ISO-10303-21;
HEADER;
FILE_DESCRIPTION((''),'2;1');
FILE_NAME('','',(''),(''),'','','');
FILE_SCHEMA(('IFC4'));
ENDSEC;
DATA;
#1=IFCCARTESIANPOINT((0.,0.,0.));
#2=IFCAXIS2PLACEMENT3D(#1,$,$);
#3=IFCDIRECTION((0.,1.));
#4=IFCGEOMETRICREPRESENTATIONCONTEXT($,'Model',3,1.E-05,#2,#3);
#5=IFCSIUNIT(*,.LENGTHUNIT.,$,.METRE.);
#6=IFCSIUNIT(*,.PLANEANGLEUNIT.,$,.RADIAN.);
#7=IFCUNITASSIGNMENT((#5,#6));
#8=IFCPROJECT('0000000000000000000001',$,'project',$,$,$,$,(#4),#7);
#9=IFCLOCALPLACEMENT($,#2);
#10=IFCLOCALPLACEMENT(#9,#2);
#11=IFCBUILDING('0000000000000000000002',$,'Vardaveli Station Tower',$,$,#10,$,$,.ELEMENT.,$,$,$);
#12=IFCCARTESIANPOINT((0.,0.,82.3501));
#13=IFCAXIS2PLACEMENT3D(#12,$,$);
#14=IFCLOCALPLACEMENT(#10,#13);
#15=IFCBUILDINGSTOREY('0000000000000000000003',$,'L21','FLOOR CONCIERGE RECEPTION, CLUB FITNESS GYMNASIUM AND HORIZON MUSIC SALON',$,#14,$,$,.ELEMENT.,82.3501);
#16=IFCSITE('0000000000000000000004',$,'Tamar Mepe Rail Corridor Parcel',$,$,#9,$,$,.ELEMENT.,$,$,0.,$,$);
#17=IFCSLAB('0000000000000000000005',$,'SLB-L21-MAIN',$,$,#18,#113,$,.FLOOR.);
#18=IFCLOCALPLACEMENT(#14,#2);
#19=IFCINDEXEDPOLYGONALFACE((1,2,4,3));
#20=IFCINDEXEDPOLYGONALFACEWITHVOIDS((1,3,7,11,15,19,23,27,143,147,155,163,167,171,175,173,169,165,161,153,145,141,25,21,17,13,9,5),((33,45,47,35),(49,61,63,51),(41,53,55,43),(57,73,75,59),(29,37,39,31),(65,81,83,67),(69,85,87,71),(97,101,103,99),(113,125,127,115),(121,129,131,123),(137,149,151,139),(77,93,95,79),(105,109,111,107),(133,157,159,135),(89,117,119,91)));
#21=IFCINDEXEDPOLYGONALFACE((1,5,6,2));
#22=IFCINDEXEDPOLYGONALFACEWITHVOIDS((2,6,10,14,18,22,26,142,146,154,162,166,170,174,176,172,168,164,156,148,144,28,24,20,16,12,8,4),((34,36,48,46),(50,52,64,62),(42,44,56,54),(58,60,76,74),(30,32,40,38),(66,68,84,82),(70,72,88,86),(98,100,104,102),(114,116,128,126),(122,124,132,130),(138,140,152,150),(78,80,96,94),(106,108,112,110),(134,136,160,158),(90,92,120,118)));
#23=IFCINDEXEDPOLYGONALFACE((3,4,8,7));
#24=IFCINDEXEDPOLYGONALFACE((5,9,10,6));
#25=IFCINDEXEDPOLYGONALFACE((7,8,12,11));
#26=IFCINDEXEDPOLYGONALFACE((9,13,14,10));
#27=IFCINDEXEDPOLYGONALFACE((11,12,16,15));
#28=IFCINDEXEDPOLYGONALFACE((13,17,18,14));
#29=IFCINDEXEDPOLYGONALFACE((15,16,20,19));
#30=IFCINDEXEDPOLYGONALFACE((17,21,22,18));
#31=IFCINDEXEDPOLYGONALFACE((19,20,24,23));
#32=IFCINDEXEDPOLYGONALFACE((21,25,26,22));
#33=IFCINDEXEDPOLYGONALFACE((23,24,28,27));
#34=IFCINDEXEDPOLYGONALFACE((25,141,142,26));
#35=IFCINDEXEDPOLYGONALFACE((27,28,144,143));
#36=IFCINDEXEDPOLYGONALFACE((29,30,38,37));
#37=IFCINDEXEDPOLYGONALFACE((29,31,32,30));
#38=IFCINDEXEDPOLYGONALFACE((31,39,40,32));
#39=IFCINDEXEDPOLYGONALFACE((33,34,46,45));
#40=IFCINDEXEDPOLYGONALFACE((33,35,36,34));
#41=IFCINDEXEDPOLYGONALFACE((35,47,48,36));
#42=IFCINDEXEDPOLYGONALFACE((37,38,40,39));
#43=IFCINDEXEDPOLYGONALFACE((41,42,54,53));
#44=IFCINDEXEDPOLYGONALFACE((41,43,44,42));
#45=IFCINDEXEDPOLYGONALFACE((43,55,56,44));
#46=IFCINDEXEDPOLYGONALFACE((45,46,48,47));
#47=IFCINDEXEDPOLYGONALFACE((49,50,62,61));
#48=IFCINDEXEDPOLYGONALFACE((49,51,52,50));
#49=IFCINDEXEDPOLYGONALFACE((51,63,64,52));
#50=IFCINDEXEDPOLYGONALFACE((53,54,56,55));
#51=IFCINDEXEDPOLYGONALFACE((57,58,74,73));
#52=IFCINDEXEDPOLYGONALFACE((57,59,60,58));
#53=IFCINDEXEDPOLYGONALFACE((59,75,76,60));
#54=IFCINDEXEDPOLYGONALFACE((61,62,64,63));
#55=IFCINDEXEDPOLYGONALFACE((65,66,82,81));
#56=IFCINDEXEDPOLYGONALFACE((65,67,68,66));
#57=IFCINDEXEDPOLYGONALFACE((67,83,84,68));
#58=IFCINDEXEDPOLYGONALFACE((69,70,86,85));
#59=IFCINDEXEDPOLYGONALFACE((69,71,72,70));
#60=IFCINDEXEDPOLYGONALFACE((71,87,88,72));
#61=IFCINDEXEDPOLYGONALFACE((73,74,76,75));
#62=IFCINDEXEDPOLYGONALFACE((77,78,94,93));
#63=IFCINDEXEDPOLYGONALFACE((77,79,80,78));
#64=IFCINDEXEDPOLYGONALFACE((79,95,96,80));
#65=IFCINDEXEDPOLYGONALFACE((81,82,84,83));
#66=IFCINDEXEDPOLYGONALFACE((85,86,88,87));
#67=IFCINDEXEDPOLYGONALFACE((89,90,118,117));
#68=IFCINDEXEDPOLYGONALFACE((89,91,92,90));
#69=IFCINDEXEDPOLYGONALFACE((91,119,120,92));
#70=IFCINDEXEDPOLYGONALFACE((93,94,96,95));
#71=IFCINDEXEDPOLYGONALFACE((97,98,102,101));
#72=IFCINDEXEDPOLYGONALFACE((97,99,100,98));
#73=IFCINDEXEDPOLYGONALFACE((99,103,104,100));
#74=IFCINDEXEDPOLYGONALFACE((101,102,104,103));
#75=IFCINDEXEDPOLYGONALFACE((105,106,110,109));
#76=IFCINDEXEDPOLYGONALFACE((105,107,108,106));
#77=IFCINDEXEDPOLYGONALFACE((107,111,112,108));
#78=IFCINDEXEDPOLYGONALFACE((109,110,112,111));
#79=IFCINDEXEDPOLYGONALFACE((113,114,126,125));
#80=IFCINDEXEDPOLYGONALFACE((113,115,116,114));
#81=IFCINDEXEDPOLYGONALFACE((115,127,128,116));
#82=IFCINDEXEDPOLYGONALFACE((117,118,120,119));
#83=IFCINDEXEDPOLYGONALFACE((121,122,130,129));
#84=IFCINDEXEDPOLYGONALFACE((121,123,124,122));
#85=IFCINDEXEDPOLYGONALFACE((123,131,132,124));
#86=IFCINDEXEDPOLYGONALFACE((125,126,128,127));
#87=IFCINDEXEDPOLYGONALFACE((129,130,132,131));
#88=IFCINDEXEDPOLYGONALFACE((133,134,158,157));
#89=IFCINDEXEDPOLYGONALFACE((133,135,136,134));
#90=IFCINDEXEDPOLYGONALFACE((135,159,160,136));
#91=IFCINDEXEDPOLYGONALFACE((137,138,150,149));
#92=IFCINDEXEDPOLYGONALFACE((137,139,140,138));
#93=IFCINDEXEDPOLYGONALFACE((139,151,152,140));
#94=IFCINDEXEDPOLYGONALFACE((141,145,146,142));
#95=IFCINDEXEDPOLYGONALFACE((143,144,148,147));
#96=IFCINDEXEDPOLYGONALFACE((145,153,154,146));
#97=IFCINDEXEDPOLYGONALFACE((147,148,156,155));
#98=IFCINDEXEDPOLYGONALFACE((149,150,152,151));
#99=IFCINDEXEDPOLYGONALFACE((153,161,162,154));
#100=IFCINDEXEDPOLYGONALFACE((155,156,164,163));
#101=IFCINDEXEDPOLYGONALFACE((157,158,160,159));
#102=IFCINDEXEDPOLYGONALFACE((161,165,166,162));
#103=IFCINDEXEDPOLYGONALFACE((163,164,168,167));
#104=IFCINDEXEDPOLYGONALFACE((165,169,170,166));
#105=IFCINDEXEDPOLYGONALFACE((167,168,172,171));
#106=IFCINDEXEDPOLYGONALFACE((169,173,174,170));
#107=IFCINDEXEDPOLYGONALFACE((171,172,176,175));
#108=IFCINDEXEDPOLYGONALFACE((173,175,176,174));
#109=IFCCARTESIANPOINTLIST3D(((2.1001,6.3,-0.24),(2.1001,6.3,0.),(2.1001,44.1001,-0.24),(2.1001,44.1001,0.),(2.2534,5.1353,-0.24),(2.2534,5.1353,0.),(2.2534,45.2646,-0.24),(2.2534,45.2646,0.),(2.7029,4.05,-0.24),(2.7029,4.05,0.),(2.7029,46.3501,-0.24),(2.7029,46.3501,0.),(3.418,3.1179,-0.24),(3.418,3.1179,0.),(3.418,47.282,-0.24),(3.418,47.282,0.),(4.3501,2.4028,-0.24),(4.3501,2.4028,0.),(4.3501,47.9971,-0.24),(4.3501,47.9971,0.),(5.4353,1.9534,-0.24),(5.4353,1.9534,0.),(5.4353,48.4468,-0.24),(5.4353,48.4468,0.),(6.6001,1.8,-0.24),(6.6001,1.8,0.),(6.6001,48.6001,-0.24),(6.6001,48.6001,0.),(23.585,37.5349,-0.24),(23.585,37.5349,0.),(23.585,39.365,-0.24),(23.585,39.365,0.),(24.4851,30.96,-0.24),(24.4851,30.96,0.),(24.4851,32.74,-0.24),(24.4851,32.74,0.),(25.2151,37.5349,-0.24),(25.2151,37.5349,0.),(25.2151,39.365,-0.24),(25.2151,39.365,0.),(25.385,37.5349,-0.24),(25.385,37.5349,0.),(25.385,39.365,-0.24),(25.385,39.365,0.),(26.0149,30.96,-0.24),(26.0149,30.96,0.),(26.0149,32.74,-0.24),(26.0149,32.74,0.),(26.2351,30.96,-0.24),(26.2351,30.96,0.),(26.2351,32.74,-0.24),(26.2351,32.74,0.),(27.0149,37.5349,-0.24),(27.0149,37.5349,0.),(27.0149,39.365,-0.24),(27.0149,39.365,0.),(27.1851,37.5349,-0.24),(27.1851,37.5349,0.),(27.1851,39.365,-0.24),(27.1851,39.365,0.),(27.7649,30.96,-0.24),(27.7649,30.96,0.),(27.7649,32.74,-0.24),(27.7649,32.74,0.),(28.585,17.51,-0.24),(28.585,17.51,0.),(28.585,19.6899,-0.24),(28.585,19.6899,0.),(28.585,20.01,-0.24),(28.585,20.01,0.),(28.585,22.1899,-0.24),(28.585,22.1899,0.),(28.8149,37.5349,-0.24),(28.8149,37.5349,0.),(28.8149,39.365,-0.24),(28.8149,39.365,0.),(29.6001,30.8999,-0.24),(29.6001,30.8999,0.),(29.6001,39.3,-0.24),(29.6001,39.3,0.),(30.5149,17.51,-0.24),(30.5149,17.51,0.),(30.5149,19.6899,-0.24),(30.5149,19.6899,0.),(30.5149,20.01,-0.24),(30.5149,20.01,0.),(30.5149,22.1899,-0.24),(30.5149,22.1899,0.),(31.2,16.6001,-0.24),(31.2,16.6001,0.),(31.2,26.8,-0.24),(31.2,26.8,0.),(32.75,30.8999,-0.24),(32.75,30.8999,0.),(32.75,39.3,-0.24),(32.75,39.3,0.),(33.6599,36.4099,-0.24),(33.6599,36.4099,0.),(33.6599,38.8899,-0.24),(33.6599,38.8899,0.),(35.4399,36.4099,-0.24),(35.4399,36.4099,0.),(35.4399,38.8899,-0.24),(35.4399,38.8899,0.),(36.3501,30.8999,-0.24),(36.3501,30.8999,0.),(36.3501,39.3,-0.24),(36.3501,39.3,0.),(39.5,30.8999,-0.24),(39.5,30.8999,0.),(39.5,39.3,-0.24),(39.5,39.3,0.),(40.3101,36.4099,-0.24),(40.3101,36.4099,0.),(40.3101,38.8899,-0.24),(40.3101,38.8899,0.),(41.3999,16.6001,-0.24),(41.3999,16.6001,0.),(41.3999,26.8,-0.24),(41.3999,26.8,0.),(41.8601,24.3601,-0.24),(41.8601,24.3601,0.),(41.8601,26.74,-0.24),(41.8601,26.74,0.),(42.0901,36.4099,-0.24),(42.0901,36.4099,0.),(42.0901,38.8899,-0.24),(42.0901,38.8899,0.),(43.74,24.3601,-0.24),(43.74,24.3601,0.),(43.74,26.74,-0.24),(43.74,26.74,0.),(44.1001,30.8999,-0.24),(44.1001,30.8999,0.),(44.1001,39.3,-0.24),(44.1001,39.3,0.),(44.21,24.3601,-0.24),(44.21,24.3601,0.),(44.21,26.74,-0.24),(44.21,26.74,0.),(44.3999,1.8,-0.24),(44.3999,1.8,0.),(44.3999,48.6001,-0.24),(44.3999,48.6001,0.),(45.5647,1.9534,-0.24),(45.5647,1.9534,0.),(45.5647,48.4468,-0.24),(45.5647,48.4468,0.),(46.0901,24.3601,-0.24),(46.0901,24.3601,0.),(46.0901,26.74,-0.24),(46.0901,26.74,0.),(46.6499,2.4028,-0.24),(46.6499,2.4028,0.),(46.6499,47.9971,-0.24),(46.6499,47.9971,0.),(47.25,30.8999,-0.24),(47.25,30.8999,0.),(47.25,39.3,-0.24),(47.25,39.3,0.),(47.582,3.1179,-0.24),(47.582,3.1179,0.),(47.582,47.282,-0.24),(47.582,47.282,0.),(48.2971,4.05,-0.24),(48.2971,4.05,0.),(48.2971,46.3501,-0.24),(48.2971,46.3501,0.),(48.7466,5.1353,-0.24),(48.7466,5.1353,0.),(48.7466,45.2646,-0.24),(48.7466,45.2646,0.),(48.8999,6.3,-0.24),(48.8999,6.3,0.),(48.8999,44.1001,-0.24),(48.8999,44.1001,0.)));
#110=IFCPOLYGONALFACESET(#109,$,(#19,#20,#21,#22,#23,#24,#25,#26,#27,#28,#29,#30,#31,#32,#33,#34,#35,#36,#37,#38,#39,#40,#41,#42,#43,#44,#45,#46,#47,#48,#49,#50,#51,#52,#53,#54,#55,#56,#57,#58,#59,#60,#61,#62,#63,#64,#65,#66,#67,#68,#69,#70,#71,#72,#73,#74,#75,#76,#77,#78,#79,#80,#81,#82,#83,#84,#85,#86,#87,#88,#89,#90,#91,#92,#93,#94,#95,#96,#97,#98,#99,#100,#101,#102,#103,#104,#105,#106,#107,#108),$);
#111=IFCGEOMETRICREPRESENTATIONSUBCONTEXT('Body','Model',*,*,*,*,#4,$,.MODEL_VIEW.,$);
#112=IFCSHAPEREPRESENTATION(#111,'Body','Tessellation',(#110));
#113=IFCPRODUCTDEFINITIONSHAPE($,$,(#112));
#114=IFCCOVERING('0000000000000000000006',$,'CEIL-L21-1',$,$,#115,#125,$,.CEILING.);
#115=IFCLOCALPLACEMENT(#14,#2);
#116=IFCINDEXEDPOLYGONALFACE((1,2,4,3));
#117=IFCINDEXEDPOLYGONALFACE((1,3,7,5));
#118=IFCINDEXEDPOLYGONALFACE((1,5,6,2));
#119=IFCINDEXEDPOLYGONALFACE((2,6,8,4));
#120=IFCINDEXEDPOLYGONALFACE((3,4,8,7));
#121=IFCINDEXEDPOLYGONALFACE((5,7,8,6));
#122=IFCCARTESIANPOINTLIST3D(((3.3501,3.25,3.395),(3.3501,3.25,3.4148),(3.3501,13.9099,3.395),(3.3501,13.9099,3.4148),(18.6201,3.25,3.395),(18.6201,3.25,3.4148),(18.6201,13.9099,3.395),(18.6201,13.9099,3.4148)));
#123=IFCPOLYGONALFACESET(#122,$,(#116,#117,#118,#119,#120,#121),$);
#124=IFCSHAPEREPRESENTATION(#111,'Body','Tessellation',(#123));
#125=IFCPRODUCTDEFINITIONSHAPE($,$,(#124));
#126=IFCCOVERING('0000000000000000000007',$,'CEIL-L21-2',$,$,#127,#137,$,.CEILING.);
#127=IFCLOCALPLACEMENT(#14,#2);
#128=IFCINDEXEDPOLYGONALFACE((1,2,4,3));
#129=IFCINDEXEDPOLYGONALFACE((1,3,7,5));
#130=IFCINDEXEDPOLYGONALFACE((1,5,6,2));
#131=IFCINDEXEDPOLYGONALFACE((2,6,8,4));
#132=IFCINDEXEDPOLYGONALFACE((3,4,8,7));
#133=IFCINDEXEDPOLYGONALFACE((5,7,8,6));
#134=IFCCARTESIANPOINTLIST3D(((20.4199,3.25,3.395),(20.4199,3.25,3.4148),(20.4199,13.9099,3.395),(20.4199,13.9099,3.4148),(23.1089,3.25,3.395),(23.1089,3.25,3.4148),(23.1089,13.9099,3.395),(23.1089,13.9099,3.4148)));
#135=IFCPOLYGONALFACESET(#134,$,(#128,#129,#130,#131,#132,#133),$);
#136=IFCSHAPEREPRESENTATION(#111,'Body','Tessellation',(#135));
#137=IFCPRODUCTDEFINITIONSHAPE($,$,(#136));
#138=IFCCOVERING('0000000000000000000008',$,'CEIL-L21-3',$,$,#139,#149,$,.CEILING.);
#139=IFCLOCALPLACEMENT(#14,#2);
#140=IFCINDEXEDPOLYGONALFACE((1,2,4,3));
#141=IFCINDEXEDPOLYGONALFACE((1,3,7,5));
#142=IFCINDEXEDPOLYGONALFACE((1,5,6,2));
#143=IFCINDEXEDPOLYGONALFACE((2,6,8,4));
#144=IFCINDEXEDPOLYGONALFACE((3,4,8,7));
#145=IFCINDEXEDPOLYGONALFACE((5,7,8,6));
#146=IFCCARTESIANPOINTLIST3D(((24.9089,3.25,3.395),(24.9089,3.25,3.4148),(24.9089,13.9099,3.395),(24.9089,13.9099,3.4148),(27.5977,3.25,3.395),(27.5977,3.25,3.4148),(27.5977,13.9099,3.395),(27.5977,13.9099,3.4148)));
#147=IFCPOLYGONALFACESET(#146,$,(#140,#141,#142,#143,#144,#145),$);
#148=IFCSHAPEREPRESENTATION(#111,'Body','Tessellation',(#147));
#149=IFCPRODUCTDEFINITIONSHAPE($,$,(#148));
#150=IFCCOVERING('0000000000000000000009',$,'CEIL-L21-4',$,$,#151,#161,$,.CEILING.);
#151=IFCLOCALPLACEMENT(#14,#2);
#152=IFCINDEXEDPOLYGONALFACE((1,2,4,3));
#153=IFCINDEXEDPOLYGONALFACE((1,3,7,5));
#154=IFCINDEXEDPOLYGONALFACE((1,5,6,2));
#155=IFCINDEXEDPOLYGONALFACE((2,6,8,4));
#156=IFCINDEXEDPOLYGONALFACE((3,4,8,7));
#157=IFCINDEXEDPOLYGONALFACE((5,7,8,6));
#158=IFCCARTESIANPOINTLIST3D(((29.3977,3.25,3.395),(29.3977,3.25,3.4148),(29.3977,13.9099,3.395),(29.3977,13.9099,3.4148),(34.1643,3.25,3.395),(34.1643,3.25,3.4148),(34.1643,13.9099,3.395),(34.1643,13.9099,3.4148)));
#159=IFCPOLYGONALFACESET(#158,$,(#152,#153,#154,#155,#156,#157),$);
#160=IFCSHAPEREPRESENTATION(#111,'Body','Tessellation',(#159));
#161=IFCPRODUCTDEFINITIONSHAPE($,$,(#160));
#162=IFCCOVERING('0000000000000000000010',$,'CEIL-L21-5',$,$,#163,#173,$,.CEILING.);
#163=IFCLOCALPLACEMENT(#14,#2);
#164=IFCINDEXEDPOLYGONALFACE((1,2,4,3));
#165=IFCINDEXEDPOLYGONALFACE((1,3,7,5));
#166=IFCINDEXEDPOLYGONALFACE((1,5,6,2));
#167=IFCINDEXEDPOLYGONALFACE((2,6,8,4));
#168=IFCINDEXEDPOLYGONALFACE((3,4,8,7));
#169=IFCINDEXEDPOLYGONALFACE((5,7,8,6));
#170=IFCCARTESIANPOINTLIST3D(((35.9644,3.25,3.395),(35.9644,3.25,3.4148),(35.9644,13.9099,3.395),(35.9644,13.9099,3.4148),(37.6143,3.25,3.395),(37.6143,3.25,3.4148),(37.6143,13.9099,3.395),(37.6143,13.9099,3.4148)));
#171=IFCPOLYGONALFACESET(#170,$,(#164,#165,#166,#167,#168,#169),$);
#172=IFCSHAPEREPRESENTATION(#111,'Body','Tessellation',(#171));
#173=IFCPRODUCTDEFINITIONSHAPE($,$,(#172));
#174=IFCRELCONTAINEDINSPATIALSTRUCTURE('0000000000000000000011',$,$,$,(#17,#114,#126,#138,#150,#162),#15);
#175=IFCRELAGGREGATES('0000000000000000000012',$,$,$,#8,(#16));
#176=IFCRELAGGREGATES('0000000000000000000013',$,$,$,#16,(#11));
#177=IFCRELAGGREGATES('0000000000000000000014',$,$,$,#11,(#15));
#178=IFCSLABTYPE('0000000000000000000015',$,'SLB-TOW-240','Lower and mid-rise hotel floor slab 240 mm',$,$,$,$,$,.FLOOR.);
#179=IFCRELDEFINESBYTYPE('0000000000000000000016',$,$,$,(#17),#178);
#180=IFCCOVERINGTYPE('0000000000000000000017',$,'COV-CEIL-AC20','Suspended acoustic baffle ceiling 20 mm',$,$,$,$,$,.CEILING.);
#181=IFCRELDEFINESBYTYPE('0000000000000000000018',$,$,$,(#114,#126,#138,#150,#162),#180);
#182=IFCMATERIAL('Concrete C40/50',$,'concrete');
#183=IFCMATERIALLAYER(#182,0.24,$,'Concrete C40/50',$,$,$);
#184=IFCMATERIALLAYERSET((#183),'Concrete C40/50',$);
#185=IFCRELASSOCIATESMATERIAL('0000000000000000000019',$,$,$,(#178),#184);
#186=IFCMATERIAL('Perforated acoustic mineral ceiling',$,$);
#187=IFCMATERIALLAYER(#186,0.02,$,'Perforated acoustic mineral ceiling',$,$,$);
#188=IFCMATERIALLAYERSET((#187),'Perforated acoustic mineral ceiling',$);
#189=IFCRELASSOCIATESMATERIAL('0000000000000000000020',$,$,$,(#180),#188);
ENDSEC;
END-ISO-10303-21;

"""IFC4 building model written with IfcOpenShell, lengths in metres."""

from ifc_helpers import new_model, si_unit, direction, frame, origin, place, context, subcontext, project, spatial, polyline, outline, extrude, material, layer, layer_set, type_object, element, save


model = new_model("IFC4")

# Units and contexts
model_context = context("Model", 3, precision=1e-05, world=origin(), true_north=direction((0.0, 1.0)))
body_context = subcontext(model_context, "Body", "Model", "MODEL_VIEW")
ifc_project = project(units=[si_unit("LENGTHUNIT", "METRE"), si_unit("PLANEANGLEUNIT", "RADIAN")], contexts=[model_context])

# Site, building, storey
site_placement = place(None, origin())
site = spatial("IfcSite", under=ifc_project, at=site_placement, Name="Tamar Mepe Rail Corridor Parcel", CompositionType="ELEMENT", RefElevation=0.0)
building_placement = place(site_placement, origin())
building = spatial("IfcBuilding", under=site, at=building_placement, Name="Vardaveli Station Tower", CompositionType="ELEMENT")
storey_placement = place(building_placement, frame((0.0, 0.0, 82.3501)))
storey = spatial("IfcBuildingStorey", under=building, at=storey_placement, Name="L21", Description="FLOOR CONCIERGE RECEPTION, CLUB FITNESS GYMNASIUM AND HORIZON MUSIC SALON", CompositionType="ELEMENT", Elevation=82.3501)

# Shared definitions
ifc_material_1 = material(Name="Concrete C40/50", Category="concrete")

# Slab
ifc_layer_1 = layer(ifc_material_1, 0.24, Name="Concrete C40/50")
ifc_layer_set_1 = layer_set([ifc_layer_1], Name="Concrete C40/50")
slab_type_1 = type_object("IfcSlabType", Name="SLB-TOW-240", Description="Lower and mid-rise hotel floor slab 240 mm", PredefinedType="FLOOR", material=ifc_layer_set_1)
slab_1_placement = place(storey_placement, frame((0.0, 0.0, -0.24)))
element("IfcSlab", 1, at=slab_1_placement, inside=storey, type_object=slab_type_1, Name="SLB-L21-MAIN", PredefinedType="FLOOR", context=body_context, shape_type="SweptSolid", body=[
    extrude(outline(polyline([(2.1001, 6.3), (2.2534, 5.1353), (2.7029, 4.05), (3.418, 3.1179), (4.3501, 2.4028), (5.4353, 1.9534), (6.6001, 1.8), (44.3999, 1.8), (45.5647, 1.9534), (46.6499, 2.4028), (47.582, 3.1179), (48.2971, 4.05), (48.7466, 5.1353), (48.8999, 6.3), (48.8999, 44.1001), (48.7466, 45.2646), (48.2971, 46.3501), (47.582, 47.282), (46.6499, 47.9971), (45.5647, 48.4468), (44.3999, 48.6001), (6.6001, 48.6001), (5.4353, 48.4468), (4.3501, 47.9971), (3.418, 47.282), (2.7029, 46.3501), (2.2534, 45.2646), (2.1001, 44.1001), (2.1001, 6.3)]), holes=[polyline([(31.2, 16.6001), (41.3999, 16.6001), (41.3999, 26.8), (31.2, 26.8), (31.2, 16.6001)]), polyline([(32.75, 30.8999), (32.75, 39.3), (29.6001, 39.3), (29.6001, 30.8999), (32.75, 30.8999)]), polyline([(39.5, 30.8999), (39.5, 39.3), (36.3501, 39.3), (36.3501, 30.8999), (39.5, 30.8999)]), polyline([(47.25, 30.8999), (47.25, 39.3), (44.1001, 39.3), (44.1001, 30.8999), (47.25, 30.8999)]), polyline([(23.585, 37.5349), (25.2151, 37.5349), (25.2151, 39.365), (23.585, 39.365), (23.585, 37.5349)]), polyline([(25.385, 37.5349), (27.0149, 37.5349), (27.0149, 39.365), (25.385, 39.365), (25.385, 37.5349)]), polyline([(27.1851, 37.5349), (28.8149, 37.5349), (28.8149, 39.365), (27.1851, 39.365), (27.1851, 37.5349)]), polyline([(33.6599, 36.4099), (35.4399, 36.4099), (35.4399, 38.8899), (33.6599, 38.8899), (33.6599, 36.4099)]), polyline([(40.3101, 36.4099), (42.0901, 36.4099), (42.0901, 38.8899), (40.3101, 38.8899), (40.3101, 36.4099)]), polyline([(24.4851, 30.96), (26.0149, 30.96), (26.0149, 32.74), (24.4851, 32.74), (24.4851, 30.96)]), polyline([(26.2351, 30.96), (27.7649, 30.96), (27.7649, 32.74), (26.2351, 32.74), (26.2351, 30.96)]), polyline([(28.585, 17.51), (30.5149, 17.51), (30.5149, 19.6899), (28.585, 19.6899), (28.585, 17.51)]), polyline([(28.585, 20.01), (30.5149, 20.01), (30.5149, 22.1899), (28.585, 22.1899), (28.585, 20.01)]), polyline([(41.8601, 24.3601), (43.74, 24.3601), (43.74, 26.74), (41.8601, 26.74), (41.8601, 24.3601)]), polyline([(44.21, 24.3601), (46.0901, 24.3601), (46.0901, 26.74), (44.21, 26.74), (44.21, 24.3601)])]), origin(), (0.0, 0.0, 1.0), 0.24),
])

# Coverings
ifc_material_2 = material(Name="Perforated acoustic mineral ceiling")
ifc_layer_2 = layer(ifc_material_2, 0.02, Name="Perforated acoustic mineral ceiling")
ifc_layer_set_2 = layer_set([ifc_layer_2], Name="Perforated acoustic mineral ceiling")
covering_type_1 = type_object("IfcCoveringType", Name="COV-CEIL-AC20", Description="Suspended acoustic baffle ceiling 20 mm", PredefinedType="CEILING", material=ifc_layer_set_2)
covering_1_placement = place(storey_placement, frame((0.0, 0.0, 3.395)))
element("IfcCovering", 2, at=covering_1_placement, inside=storey, type_object=covering_type_1, Name="CEIL-L21-1", PredefinedType="CEILING", context=body_context, shape_type="SweptSolid", body=[
    extrude(outline(polyline([(3.3501, 3.25), (18.6201, 3.25), (18.6201, 13.9099), (3.3501, 13.9099), (3.3501, 3.25)])), origin(), (0.0, 0.0, 1.0), 0.0198),
])
covering_2_placement = place(storey_placement, frame((0.0, 0.0, 3.395)))
element("IfcCovering", 3, at=covering_2_placement, inside=storey, type_object=covering_type_1, Name="CEIL-L21-2", PredefinedType="CEILING", context=body_context, shape_type="SweptSolid", body=[
    extrude(outline(polyline([(20.4199, 3.25), (23.1089, 3.25), (23.1089, 13.9099), (20.4199, 13.9099), (20.4199, 3.25)])), origin(), (0.0, 0.0, 1.0), 0.0198),
])
covering_3_placement = place(storey_placement, frame((0.0, 0.0, 3.395)))
element("IfcCovering", 4, at=covering_3_placement, inside=storey, type_object=covering_type_1, Name="CEIL-L21-3", PredefinedType="CEILING", context=body_context, shape_type="SweptSolid", body=[
    extrude(outline(polyline([(24.9089, 3.25), (27.5977, 3.25), (27.5977, 13.9099), (24.9089, 13.9099), (24.9089, 3.25)])), origin(), (0.0, 0.0, 1.0), 0.0198),
])
covering_4_placement = place(storey_placement, frame((0.0, 0.0, 3.395)))
element("IfcCovering", 5, at=covering_4_placement, inside=storey, type_object=covering_type_1, Name="CEIL-L21-4", PredefinedType="CEILING", context=body_context, shape_type="SweptSolid", body=[
    extrude(outline(polyline([(29.3977, 3.25), (34.1643, 3.25), (34.1643, 13.9099), (29.3977, 13.9099), (29.3977, 3.25)])), origin(), (0.0, 0.0, 1.0), 0.0198),
])
covering_5_placement = place(storey_placement, frame((0.0, 0.0, 3.395)))
element("IfcCovering", 6, at=covering_5_placement, inside=storey, type_object=covering_type_1, Name="CEIL-L21-5", PredefinedType="CEILING", context=body_context, shape_type="SweptSolid", body=[
    extrude(outline(polyline([(35.9644, 3.25), (37.6143, 3.25), (37.6143, 13.9099), (35.9644, 13.9099), (35.9644, 3.25)])), origin(), (0.0, 0.0, 1.0), 0.0198),
])

save(model, "model.ifc")
